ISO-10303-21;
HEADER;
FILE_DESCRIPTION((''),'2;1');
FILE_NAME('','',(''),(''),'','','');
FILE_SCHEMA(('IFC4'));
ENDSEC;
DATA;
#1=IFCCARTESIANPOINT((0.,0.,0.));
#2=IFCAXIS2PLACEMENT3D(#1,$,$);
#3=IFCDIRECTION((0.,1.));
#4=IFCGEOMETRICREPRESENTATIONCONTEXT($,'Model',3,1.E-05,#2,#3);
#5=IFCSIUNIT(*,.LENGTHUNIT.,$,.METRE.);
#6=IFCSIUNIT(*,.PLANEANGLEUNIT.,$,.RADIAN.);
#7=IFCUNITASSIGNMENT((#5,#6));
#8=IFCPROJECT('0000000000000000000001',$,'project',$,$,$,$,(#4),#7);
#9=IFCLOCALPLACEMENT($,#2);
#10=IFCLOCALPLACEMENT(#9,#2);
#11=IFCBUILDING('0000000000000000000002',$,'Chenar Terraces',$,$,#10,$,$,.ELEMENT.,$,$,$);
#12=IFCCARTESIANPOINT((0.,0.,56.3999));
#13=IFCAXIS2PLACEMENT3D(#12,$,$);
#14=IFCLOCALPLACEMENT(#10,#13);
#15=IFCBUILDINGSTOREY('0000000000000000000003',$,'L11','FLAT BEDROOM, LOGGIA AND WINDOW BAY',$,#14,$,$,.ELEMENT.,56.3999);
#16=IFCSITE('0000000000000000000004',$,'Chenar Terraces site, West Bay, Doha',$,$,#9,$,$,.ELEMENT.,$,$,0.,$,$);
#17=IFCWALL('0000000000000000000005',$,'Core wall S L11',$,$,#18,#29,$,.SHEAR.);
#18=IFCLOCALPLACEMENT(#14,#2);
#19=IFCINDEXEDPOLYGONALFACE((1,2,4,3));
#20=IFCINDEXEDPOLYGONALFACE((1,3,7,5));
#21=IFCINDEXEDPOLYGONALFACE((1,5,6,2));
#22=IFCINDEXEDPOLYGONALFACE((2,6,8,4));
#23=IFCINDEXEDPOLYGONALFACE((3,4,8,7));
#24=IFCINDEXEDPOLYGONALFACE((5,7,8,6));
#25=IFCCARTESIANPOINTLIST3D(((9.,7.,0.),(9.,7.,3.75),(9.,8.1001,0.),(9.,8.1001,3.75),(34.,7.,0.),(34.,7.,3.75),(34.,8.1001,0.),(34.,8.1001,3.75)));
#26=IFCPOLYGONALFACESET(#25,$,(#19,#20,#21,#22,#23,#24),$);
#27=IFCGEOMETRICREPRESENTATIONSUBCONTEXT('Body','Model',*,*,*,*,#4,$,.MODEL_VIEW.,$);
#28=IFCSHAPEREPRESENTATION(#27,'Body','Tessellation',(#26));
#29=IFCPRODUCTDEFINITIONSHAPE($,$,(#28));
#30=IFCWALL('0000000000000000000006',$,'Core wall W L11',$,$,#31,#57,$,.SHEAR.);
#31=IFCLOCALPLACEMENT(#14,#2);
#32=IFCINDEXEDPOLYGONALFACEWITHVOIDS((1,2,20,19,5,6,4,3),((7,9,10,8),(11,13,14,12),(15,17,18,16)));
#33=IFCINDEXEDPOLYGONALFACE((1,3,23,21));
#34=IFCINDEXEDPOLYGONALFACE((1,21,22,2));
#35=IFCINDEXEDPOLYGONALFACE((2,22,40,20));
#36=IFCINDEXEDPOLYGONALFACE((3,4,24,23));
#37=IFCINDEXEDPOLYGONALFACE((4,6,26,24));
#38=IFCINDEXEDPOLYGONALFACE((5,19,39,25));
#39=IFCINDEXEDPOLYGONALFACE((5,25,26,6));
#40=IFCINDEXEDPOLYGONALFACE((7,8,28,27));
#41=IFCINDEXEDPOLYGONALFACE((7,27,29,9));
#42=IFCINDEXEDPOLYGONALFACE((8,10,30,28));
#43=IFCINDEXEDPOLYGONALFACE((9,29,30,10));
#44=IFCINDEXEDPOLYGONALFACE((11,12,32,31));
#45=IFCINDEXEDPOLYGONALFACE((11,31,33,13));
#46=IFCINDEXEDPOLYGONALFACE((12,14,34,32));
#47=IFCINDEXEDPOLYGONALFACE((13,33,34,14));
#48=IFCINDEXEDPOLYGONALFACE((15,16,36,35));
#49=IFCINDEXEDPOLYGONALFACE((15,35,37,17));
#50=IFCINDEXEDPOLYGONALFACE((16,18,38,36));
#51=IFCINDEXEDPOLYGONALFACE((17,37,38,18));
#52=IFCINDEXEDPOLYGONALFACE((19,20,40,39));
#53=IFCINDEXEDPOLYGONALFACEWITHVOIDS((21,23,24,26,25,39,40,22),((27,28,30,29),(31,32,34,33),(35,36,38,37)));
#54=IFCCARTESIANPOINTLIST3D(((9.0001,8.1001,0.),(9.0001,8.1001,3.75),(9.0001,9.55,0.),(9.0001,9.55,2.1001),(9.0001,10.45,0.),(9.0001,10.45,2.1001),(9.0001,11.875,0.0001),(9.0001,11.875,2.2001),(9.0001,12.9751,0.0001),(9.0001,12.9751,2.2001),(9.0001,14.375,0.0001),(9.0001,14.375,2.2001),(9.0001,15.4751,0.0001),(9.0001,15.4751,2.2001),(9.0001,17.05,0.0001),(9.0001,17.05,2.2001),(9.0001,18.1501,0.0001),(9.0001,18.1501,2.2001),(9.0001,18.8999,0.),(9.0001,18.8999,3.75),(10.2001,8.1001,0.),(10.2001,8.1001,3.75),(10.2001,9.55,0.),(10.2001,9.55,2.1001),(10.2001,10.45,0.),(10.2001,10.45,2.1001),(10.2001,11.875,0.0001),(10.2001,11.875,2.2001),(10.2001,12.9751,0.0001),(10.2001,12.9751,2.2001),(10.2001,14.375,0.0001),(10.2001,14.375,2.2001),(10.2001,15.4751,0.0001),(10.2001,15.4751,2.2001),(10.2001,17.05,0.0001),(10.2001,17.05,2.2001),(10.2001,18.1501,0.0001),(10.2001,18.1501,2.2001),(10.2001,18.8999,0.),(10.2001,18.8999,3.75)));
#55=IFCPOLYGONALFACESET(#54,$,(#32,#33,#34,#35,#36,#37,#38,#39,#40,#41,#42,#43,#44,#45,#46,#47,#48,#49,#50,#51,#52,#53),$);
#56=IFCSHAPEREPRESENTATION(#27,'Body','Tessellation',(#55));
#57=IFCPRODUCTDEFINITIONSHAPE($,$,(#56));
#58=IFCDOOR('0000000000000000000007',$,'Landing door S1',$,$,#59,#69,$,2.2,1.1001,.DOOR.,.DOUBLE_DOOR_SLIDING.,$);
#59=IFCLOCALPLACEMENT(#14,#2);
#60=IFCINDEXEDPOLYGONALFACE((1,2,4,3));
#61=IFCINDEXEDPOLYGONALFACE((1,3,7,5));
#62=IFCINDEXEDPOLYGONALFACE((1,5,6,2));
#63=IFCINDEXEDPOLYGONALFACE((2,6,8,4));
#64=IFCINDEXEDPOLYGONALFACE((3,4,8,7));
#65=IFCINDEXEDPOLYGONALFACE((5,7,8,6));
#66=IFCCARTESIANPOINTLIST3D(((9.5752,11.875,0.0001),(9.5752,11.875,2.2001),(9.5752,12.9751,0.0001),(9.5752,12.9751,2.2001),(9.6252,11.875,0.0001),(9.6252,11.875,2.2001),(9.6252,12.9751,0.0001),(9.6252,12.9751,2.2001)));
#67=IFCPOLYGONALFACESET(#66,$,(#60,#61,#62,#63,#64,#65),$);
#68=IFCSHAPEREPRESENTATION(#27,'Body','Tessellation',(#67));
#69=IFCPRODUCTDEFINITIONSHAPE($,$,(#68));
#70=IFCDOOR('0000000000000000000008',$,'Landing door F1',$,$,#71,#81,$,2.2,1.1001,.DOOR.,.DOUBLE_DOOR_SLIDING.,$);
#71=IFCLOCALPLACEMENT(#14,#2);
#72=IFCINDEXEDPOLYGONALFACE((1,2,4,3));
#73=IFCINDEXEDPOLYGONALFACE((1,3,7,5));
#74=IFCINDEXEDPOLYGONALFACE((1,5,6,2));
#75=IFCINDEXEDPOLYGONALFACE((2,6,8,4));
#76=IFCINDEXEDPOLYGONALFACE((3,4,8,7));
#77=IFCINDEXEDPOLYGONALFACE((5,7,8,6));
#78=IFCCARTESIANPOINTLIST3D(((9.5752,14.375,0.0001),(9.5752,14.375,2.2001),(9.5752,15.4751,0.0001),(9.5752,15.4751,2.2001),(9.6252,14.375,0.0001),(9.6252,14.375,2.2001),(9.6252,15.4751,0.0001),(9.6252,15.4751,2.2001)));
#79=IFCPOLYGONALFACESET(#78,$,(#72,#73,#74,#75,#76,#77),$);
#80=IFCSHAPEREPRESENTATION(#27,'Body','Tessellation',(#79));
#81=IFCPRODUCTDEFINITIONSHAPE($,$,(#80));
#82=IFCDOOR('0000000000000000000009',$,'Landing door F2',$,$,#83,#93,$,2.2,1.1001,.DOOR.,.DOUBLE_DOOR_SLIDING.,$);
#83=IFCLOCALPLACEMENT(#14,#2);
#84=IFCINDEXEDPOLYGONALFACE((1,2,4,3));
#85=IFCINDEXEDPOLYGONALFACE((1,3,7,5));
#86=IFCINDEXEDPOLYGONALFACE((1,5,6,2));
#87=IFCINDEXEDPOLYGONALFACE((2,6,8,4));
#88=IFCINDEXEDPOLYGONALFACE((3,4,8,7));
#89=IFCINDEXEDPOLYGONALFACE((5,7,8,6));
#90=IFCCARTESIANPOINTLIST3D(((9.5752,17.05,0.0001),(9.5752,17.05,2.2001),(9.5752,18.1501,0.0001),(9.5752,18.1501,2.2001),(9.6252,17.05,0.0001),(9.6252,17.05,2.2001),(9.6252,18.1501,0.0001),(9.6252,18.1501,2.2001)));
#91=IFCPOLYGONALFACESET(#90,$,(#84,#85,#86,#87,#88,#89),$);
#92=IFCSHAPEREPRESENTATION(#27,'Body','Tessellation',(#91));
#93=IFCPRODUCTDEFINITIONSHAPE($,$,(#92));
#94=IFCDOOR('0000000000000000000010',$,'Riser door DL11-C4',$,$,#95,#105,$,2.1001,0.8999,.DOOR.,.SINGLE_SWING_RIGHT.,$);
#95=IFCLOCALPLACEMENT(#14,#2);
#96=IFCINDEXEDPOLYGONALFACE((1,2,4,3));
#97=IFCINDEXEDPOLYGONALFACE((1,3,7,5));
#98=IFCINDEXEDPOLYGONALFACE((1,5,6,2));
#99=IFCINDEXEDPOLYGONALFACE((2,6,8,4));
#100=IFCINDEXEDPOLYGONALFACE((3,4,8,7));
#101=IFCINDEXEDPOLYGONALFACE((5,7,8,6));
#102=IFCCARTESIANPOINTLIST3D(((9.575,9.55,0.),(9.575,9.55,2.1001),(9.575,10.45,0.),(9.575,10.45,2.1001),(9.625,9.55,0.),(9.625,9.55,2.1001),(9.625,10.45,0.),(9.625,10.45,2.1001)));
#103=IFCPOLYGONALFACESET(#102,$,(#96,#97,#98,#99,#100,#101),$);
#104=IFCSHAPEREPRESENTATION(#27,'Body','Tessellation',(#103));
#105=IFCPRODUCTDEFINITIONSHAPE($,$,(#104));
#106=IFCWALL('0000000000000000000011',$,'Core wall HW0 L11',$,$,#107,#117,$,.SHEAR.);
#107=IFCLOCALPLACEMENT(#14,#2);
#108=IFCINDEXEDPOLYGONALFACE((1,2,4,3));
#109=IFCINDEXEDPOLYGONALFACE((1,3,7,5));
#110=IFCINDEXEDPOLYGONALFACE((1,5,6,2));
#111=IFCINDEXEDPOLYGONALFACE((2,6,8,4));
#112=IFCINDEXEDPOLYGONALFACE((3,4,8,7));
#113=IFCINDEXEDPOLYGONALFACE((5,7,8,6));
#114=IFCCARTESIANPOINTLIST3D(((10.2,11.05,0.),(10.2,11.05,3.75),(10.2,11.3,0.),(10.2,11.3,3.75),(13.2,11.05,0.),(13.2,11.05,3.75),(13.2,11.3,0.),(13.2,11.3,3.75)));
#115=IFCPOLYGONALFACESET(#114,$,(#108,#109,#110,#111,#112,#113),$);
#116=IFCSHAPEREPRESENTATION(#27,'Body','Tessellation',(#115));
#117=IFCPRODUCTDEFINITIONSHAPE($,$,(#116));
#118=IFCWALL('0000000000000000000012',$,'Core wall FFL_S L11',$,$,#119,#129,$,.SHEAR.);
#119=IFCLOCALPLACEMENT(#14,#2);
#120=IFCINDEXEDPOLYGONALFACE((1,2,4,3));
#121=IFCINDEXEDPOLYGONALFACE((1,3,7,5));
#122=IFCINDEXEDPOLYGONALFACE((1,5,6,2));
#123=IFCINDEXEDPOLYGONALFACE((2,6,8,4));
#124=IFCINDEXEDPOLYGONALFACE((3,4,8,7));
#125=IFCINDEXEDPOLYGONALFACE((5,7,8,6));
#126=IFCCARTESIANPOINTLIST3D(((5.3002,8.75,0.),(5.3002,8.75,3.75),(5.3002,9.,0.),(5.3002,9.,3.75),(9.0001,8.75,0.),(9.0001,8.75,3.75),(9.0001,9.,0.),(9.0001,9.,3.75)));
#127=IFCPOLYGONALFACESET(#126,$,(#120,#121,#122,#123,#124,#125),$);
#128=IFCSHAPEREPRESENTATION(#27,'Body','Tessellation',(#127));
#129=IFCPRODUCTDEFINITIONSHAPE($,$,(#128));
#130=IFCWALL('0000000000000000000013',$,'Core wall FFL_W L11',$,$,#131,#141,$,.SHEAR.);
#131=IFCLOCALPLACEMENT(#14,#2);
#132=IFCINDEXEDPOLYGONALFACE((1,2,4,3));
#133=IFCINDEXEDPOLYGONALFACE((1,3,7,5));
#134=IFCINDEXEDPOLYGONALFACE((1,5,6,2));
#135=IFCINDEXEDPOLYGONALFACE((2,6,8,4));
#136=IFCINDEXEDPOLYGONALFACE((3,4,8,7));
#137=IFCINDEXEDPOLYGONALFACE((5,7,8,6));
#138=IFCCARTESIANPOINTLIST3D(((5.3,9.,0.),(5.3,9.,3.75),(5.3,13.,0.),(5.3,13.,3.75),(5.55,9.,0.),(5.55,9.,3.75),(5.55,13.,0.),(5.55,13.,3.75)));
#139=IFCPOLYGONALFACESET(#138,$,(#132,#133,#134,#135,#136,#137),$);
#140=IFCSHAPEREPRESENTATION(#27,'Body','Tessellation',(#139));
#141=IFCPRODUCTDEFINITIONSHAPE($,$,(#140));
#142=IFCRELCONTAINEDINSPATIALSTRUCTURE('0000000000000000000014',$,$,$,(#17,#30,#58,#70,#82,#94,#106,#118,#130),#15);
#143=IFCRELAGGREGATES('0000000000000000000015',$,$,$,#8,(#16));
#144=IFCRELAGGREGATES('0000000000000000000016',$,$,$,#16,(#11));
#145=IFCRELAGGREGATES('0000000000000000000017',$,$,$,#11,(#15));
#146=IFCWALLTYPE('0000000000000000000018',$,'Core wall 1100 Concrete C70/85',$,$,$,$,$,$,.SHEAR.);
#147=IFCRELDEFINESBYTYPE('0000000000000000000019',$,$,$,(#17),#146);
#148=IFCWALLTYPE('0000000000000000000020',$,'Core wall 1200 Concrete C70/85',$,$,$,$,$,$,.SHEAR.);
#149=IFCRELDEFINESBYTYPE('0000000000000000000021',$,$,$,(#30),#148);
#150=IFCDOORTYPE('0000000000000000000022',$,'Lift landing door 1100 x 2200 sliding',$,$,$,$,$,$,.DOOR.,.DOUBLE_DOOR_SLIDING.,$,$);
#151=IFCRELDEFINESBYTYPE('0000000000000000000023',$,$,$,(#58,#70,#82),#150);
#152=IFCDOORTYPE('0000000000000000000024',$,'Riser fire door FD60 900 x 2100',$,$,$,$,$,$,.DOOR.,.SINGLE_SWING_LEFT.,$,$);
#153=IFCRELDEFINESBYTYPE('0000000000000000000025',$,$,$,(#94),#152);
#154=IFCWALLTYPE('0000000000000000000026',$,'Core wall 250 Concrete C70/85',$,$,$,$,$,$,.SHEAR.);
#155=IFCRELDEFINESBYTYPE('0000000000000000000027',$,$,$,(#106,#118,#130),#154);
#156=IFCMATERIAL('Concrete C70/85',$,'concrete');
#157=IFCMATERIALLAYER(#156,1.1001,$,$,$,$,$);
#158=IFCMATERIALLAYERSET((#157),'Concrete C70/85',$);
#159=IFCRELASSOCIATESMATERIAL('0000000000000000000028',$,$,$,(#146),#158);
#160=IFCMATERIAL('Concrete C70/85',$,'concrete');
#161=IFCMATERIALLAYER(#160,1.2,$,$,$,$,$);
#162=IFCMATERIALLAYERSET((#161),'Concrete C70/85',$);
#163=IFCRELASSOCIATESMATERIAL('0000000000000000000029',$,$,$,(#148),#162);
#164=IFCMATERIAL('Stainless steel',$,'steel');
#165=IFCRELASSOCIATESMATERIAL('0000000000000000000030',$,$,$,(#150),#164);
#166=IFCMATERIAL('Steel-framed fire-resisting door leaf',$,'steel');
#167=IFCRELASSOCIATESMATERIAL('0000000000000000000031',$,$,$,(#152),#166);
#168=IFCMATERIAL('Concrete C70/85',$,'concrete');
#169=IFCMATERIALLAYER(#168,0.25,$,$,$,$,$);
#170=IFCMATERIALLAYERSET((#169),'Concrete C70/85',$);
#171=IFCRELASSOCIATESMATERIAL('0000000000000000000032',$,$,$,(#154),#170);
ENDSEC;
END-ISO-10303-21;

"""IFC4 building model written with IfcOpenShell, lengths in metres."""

from ifc_helpers import new_model, si_unit, direction, frame, frame_2d, origin, place, context, subcontext, project, spatial, rectangle, extrude, material, layer, layer_set, type_object, element, fill, save


model = new_model("IFC4")

# Units and contexts
model_context = context("Model", 3, precision=1e-05, world=origin(), true_north=direction((0.0, 1.0)))
body_context = subcontext(model_context, "Body", "Model", "MODEL_VIEW")
ifc_project = project(units=[si_unit("LENGTHUNIT", "METRE"), si_unit("PLANEANGLEUNIT", "RADIAN")], contexts=[model_context])

# Site, building, storey
site_placement = place(None, origin())
site = spatial("IfcSite", under=ifc_project, at=site_placement, Name="Chenar Terraces site, West Bay, Doha", CompositionType="ELEMENT", RefElevation=0.0)
building_placement = place(site_placement, origin())
building = spatial("IfcBuilding", under=site, at=building_placement, Name="Chenar Terraces", CompositionType="ELEMENT")
storey_placement = place(building_placement, frame((0.0, 0.0, 56.3999)))
storey = spatial("IfcBuildingStorey", under=building, at=storey_placement, Name="L11", Description="FLAT BEDROOM, LOGGIA AND WINDOW BAY", CompositionType="ELEMENT", Elevation=56.3999)

# Wall
ifc_material_1 = material(Name="Concrete C70/85", Category="concrete")
ifc_layer_1 = layer(ifc_material_1, 1.1001)
ifc_layer_set_1 = layer_set([ifc_layer_1], Name="Concrete C70/85")
wall_type_1 = type_object("IfcWallType", Name="Core wall 1100 Concrete C70/85", PredefinedType="SHEAR", material=ifc_layer_set_1)
wall_1_placement = place(storey_placement, frame((9.0, 7.55, 0.0), z_axis=(0.0, 0.0, 1.0), x_axis=(1.0, 0.0, 0.0)))
element("IfcWall", 1, at=wall_1_placement, inside=storey, type_object=wall_type_1, Name="Core wall S L11", PredefinedType="SHEAR", context=body_context, shape_type="SweptSolid", body=[
    extrude(rectangle(XDim=25.0, YDim=1.1001, at=frame_2d((12.5, 0.0))), origin(), (0.0, 0.0, 1.0), 3.75),
])

# Wall, openings, doors
ifc_material_2 = material(Name="Concrete C70/85", Category="concrete")
ifc_layer_2 = layer(ifc_material_2, 1.2)
ifc_layer_set_2 = layer_set([ifc_layer_2], Name="Concrete C70/85")
wall_type_2 = type_object("IfcWallType", Name="Core wall 1200 Concrete C70/85", PredefinedType="SHEAR", material=ifc_layer_set_2)
wall_2_placement = place(storey_placement, frame((9.6001, 8.1001, 0.0), z_axis=(0.0, 0.0, 1.0), x_axis=(0.0, 1.0, 0.0)))
wall_2 = element("IfcWall", 2, at=wall_2_placement, inside=storey, type_object=wall_type_2, Name="Core wall W L11", PredefinedType="SHEAR", context=body_context, shape_type="SweptSolid", body=[
    extrude(rectangle(XDim=10.7998, YDim=1.2, at=frame_2d((5.3999, 0.0))), origin(), (0.0, 0.0, 1.0), 3.75),
])
opening_1_placement = place(wall_2_placement, frame((3.7749, 0.0, 0.0)))
opening_1 = element("IfcOpeningElement", 3, at=opening_1_placement, cuts=wall_2, PredefinedType="OPENING", context=body_context, shape_type="SweptSolid", body=[
    extrude(rectangle(XDim=1.1001, YDim=2.2, at=frame_2d((0.55, 1.1001))), frame((0.0, 0.6099, 0.0), z_axis=(0.0, -1.0, 0.0), x_axis=(1.0, 0.0, 0.0)), (0.0, 0.0, 1.0), 1.22),
])
opening_2_placement = place(wall_2_placement, frame((6.2749, 0.0, 0.0)))
opening_2 = element("IfcOpeningElement", 4, at=opening_2_placement, cuts=wall_2, PredefinedType="OPENING", context=body_context, shape_type="SweptSolid", body=[
    extrude(rectangle(XDim=1.1001, YDim=2.2, at=frame_2d((0.55, 1.1001))), frame((0.0, 0.6099, 0.0), z_axis=(0.0, -1.0, 0.0), x_axis=(1.0, 0.0, 0.0)), (0.0, 0.0, 1.0), 1.22),
])
opening_3_placement = place(wall_2_placement, frame((8.95, 0.0, 0.0)))
opening_3 = element("IfcOpeningElement", 5, at=opening_3_placement, cuts=wall_2, PredefinedType="OPENING", context=body_context, shape_type="SweptSolid", body=[
    extrude(rectangle(XDim=1.1001, YDim=2.2, at=frame_2d((0.55, 1.1001))), frame((0.0, 0.6099, 0.0), z_axis=(0.0, -1.0, 0.0), x_axis=(1.0, 0.0, 0.0)), (0.0, 0.0, 1.0), 1.22),
])
opening_4_placement = place(wall_2_placement, frame((1.45, 0.0, 0.0)))
opening_4 = element("IfcOpeningElement", 6, at=opening_4_placement, cuts=wall_2, PredefinedType="OPENING", context=body_context, shape_type="SweptSolid", body=[
    extrude(rectangle(XDim=0.8999, YDim=2.1001, at=frame_2d((0.45, 1.05))), frame((0.0, 0.6099, 0.0), z_axis=(0.0, -1.0, 0.0), x_axis=(1.0, 0.0, 0.0)), (0.0, 0.0, 1.0), 1.22),
])
ifc_material_3 = material(Name="Stainless steel", Category="steel")
door_type_1 = type_object("IfcDoorType", Name="Lift landing door 1100 x 2200 sliding", OperationType="DOUBLE_DOOR_SLIDING", PredefinedType="DOOR", material=ifc_material_3)
door_1_placement = place(opening_1_placement, origin())
door_1 = element("IfcDoor", 7, at=door_1_placement, inside=storey, type_object=door_type_1, Name="Landing door S1", OperationType="DOUBLE_DOOR_SLIDING", OverallHeight=2.2, OverallWidth=1.1001, PredefinedType="DOOR", context=body_context, shape_type="SweptSolid", body=[
    extrude(rectangle(XDim=1.1001, YDim=2.2, at=frame_2d((0.55, 1.1001))), frame((0.0, 0.0249, 0.0), z_axis=(0.0, -1.0, 0.0), x_axis=(1.0, 0.0, 0.0)), (0.0, 0.0, 1.0), 0.05),
])
fill(opening_1, door_1)
door_2_placement = place(opening_2_placement, origin())
door_2 = element("IfcDoor", 8, at=door_2_placement, inside=storey, type_object=door_type_1, Name="Landing door F1", OperationType="DOUBLE_DOOR_SLIDING", OverallHeight=2.2, OverallWidth=1.1001, PredefinedType="DOOR", context=body_context, shape_type="SweptSolid", body=[
    extrude(rectangle(XDim=1.1001, YDim=2.2, at=frame_2d((0.55, 1.1001))), frame((0.0, 0.0249, 0.0), z_axis=(0.0, -1.0, 0.0), x_axis=(1.0, 0.0, 0.0)), (0.0, 0.0, 1.0), 0.05),
])
fill(opening_2, door_2)
door_3_placement = place(opening_3_placement, origin())
door_3 = element("IfcDoor", 9, at=door_3_placement, inside=storey, type_object=door_type_1, Name="Landing door F2", OperationType="DOUBLE_DOOR_SLIDING", OverallHeight=2.2, OverallWidth=1.1001, PredefinedType="DOOR", context=body_context, shape_type="SweptSolid", body=[
    extrude(rectangle(XDim=1.1001, YDim=2.2, at=frame_2d((0.55, 1.1001))), frame((0.0, 0.0249, 0.0), z_axis=(0.0, -1.0, 0.0), x_axis=(1.0, 0.0, 0.0)), (0.0, 0.0, 1.0), 0.05),
])
fill(opening_3, door_3)
ifc_material_4 = material(Name="Steel-framed fire-resisting door leaf", Category="steel")
door_type_2 = type_object("IfcDoorType", Name="Riser fire door FD60 900 x 2100", OperationType="SINGLE_SWING_LEFT", PredefinedType="DOOR", material=ifc_material_4)
door_4_placement = place(opening_4_placement, frame((0.8999, 0.0, 0.0), z_axis=(0.0, 0.0, 1.0), x_axis=(-1.0, 0.0, 0.0)))
door_4 = element("IfcDoor", 10, at=door_4_placement, inside=storey, type_object=door_type_2, Name="Riser door DL11-C4", OperationType="SINGLE_SWING_RIGHT", OverallHeight=2.1001, OverallWidth=0.8999, PredefinedType="DOOR", context=body_context, shape_type="SweptSolid", body=[
    extrude(rectangle(XDim=0.8999, YDim=2.1001, at=frame_2d((0.45, 1.05))), frame((0.0, 0.0249, 0.0), z_axis=(0.0, -1.0, 0.0), x_axis=(1.0, 0.0, 0.0)), (0.0, 0.0, 1.0), 0.05),
])
fill(opening_4, door_4)

# Walls
ifc_material_5 = material(Name="Concrete C70/85", Category="concrete")
ifc_layer_3 = layer(ifc_material_5, 0.25)
ifc_layer_set_3 = layer_set([ifc_layer_3], Name="Concrete C70/85")
wall_type_3 = type_object("IfcWallType", Name="Core wall 250 Concrete C70/85", PredefinedType="SHEAR", material=ifc_layer_set_3)
wall_3_placement = place(storey_placement, frame((10.2, 11.175, 0.0), z_axis=(0.0, 0.0, 1.0), x_axis=(1.0, 0.0, 0.0)))
element("IfcWall", 11, at=wall_3_placement, inside=storey, type_object=wall_type_3, Name="Core wall HW0 L11", PredefinedType="SHEAR", context=body_context, shape_type="SweptSolid", body=[
    extrude(rectangle(XDim=3.0, YDim=0.25, at=frame_2d((1.5, 0.0))), origin(), (0.0, 0.0, 1.0), 3.75),
])
wall_4_placement = place(storey_placement, frame((5.3, 8.875, 0.0), z_axis=(0.0, 0.0, 1.0), x_axis=(1.0, 0.0, 0.0)))
element("IfcWall", 12, at=wall_4_placement, inside=storey, type_object=wall_type_3, Name="Core wall FFL_S L11", PredefinedType="SHEAR", context=body_context, shape_type="SweptSolid", body=[
    extrude(rectangle(XDim=3.7, YDim=0.25, at=frame_2d((1.8501, 0.0))), origin(), (0.0, 0.0, 1.0), 3.75),
])
wall_5_placement = place(storey_placement, frame((5.425, 9.0, 0.0), z_axis=(0.0, 0.0, 1.0), x_axis=(0.0, 1.0, 0.0)))
element("IfcWall", 13, at=wall_5_placement, inside=storey, type_object=wall_type_3, Name="Core wall FFL_W L11", PredefinedType="SHEAR", context=body_context, shape_type="SweptSolid", body=[
    extrude(rectangle(XDim=4.0, YDim=0.25, at=frame_2d((2.0, 0.0))), origin(), (0.0, 0.0, 1.0), 3.75),
])

save(model, "model.ifc")
